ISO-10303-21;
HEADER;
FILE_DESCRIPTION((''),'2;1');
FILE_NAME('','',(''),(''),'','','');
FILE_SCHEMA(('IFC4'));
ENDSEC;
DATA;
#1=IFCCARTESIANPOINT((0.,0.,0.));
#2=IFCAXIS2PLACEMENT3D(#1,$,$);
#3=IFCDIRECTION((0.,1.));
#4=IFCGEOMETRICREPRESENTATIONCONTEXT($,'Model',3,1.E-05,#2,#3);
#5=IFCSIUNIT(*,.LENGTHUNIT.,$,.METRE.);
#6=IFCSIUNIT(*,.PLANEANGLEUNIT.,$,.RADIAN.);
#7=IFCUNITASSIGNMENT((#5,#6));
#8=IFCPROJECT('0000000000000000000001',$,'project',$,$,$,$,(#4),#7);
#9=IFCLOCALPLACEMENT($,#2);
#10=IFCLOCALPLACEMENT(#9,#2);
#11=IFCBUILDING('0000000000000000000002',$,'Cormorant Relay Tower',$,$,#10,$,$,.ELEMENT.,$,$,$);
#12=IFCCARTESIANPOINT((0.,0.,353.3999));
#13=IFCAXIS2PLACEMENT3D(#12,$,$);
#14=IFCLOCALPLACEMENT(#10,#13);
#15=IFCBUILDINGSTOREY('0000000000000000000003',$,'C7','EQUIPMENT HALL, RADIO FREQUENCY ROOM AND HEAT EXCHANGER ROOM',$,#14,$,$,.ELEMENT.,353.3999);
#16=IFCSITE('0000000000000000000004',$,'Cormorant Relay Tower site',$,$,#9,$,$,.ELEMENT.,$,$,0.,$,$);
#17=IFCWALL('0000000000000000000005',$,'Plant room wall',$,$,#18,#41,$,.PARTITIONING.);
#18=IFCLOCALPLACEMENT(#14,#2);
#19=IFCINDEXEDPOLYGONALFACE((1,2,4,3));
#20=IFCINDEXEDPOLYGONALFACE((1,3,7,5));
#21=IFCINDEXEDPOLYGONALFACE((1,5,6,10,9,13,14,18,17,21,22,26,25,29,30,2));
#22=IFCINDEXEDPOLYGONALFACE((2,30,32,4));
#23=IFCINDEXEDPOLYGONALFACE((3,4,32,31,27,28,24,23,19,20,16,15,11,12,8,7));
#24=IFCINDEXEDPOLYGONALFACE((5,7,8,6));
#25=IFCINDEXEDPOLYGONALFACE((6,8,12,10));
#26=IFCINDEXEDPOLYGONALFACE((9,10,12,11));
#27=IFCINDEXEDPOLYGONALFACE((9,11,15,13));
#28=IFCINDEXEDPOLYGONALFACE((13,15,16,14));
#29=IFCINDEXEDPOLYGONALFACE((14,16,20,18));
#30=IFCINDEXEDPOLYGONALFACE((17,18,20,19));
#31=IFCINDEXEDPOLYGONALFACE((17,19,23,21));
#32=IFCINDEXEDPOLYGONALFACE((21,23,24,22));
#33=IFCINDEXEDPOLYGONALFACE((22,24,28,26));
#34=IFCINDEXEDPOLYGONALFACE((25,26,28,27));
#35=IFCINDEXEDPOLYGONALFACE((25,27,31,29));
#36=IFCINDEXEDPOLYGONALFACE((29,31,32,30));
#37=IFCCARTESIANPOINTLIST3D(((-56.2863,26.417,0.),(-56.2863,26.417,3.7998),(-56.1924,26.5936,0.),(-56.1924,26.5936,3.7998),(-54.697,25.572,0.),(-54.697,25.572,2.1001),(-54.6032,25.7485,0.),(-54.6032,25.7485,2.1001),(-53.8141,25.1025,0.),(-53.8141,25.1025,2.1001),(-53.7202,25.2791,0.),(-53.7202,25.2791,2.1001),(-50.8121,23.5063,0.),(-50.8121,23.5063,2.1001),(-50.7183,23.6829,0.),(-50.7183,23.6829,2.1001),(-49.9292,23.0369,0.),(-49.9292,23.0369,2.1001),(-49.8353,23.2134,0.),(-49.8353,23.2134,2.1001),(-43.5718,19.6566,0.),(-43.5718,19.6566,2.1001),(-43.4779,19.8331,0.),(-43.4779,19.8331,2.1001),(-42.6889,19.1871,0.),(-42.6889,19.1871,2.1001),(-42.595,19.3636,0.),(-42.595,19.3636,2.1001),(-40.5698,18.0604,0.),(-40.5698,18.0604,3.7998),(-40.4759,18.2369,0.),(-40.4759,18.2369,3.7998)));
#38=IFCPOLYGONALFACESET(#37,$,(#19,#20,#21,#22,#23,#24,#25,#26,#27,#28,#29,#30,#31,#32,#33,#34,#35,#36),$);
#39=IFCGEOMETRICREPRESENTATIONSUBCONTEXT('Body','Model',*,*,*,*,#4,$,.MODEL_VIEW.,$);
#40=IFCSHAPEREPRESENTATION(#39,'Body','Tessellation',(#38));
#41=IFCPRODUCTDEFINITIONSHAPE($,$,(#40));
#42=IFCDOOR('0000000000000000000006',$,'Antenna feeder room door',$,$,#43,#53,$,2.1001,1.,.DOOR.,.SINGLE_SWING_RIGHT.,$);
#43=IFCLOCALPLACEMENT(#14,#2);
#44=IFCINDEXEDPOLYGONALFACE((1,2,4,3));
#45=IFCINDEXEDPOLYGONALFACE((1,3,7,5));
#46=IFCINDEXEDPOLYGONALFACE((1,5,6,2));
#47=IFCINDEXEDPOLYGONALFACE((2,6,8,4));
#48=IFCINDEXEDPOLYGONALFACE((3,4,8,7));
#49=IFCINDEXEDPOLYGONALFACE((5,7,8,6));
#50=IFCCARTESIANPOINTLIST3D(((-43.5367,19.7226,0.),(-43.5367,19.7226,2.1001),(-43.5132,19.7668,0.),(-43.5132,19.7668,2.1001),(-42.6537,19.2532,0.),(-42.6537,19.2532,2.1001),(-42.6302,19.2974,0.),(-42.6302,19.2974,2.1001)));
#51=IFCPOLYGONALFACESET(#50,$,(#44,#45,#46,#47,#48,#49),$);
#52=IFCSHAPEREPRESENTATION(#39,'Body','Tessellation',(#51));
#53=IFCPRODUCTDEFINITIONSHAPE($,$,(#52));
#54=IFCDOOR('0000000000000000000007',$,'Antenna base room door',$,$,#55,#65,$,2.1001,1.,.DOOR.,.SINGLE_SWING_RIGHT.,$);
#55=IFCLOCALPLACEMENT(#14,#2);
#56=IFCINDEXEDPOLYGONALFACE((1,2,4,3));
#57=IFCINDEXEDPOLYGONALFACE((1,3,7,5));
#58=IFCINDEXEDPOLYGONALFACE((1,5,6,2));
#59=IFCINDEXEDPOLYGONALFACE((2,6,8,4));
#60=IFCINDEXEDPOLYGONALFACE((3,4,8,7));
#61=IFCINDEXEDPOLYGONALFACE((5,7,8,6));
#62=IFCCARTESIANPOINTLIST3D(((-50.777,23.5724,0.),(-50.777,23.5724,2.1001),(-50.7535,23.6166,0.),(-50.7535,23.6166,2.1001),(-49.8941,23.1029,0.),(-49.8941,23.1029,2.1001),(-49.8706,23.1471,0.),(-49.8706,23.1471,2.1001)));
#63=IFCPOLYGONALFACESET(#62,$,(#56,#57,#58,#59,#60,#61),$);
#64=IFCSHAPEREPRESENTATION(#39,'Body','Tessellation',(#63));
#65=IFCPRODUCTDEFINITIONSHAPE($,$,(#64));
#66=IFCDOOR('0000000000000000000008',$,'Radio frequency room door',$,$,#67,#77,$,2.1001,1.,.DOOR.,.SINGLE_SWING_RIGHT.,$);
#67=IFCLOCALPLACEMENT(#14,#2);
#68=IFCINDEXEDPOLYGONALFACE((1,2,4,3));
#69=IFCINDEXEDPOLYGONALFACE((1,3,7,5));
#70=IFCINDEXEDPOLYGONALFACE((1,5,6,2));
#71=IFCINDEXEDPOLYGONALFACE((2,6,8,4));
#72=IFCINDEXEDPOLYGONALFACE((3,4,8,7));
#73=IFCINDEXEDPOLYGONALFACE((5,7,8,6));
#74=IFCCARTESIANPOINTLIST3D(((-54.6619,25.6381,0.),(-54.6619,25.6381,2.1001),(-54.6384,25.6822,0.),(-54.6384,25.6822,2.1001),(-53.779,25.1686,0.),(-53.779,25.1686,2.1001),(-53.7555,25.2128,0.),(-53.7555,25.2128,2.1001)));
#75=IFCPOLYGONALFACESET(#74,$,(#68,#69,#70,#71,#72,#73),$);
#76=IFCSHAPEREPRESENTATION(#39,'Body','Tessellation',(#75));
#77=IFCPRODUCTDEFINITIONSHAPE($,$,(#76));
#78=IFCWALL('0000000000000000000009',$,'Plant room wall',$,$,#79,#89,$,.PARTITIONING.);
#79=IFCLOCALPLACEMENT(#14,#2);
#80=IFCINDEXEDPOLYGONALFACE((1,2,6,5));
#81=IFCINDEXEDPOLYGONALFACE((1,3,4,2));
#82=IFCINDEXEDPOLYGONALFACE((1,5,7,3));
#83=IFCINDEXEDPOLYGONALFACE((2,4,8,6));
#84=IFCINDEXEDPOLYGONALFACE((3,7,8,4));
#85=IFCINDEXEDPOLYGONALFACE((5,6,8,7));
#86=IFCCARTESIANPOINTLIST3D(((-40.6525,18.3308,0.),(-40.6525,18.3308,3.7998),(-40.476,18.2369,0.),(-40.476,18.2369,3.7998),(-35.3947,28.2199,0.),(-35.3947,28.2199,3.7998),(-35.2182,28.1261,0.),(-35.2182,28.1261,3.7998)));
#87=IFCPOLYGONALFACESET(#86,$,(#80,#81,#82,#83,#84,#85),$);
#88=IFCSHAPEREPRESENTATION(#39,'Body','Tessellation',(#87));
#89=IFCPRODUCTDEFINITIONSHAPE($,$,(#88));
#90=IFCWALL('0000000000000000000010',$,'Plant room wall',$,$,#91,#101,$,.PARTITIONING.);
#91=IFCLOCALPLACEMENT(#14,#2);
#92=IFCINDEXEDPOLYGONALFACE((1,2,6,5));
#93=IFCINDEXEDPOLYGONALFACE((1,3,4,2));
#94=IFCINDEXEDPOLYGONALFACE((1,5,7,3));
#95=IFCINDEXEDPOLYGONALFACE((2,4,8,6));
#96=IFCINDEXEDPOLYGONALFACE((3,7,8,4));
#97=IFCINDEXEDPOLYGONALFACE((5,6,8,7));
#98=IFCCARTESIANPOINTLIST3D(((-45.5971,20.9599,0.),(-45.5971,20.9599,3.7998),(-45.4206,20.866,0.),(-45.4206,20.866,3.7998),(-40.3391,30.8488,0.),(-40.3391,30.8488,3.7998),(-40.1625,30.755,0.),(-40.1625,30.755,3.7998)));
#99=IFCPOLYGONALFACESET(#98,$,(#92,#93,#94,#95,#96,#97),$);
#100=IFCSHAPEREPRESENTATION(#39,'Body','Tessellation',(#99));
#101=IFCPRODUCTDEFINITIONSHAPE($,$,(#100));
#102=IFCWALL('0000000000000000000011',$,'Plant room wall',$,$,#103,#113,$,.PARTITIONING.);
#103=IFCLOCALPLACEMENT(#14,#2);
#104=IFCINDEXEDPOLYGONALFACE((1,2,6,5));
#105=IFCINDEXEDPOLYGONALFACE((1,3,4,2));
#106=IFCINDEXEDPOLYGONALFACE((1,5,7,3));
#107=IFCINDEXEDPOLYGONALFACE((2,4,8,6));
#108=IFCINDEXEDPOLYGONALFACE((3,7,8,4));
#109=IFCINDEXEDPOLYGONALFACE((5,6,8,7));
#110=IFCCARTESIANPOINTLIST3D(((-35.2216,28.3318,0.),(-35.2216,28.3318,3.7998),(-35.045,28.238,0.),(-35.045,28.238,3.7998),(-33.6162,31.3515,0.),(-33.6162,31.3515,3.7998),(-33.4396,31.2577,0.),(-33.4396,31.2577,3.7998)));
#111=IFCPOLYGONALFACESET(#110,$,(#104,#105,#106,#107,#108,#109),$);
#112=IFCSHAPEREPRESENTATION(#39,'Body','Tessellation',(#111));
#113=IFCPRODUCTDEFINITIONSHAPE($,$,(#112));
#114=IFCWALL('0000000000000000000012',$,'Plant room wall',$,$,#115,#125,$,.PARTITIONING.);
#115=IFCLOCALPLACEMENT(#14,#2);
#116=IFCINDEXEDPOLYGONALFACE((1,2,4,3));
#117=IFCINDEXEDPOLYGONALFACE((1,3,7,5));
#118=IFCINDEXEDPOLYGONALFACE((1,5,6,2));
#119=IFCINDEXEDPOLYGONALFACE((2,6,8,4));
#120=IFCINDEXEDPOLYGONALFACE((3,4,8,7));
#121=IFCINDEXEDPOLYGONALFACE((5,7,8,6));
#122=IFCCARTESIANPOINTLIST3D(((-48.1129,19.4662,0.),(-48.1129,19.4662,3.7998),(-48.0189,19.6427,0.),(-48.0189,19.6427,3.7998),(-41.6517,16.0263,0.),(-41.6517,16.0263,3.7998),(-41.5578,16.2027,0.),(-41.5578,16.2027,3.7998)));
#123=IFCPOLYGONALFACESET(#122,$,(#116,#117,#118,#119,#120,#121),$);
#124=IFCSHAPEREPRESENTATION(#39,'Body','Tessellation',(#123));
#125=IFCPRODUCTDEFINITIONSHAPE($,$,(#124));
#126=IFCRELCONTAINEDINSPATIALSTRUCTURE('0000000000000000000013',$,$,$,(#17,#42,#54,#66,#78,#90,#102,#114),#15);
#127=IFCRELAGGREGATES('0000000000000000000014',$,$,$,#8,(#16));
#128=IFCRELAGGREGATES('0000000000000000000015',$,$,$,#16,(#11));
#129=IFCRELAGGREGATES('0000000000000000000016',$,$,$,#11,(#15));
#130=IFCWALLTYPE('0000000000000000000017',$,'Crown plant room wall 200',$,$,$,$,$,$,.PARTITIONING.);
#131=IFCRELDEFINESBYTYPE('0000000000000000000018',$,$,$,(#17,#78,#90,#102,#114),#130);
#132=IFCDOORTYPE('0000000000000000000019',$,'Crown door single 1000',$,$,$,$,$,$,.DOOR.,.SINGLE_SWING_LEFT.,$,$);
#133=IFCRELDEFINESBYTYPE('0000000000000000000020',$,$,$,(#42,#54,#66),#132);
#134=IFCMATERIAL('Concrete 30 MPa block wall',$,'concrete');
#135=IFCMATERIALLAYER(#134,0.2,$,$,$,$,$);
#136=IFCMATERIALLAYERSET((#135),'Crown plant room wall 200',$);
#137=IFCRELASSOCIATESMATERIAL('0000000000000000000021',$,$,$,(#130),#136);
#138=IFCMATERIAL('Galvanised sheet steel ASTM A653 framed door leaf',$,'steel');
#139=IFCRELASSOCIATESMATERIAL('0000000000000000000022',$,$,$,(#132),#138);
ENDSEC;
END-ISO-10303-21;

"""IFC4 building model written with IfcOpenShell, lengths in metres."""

from ifc_helpers import new_model, si_unit, direction, frame, frame_2d, origin, place, context, subcontext, project, spatial, rectangle, extrude, material, layer, layer_set, type_object, element, fill, save


model = new_model("IFC4")

# Units and contexts
model_context = context("Model", 3, precision=1e-05, world=origin(), true_north=direction((0.0, 1.0)))
body_context = subcontext(model_context, "Body", "Model", "MODEL_VIEW")
ifc_project = project(units=[si_unit("LENGTHUNIT", "METRE"), si_unit("PLANEANGLEUNIT", "RADIAN")], contexts=[model_context])

# Site, building, storey
site_placement = place(None, origin())
site = spatial("IfcSite", under=ifc_project, at=site_placement, Name="Cormorant Relay Tower site", CompositionType="ELEMENT", RefElevation=0.0)
building_placement = place(site_placement, origin())
building = spatial("IfcBuilding", under=site, at=building_placement, Name="Cormorant Relay Tower", CompositionType="ELEMENT")
storey_placement = place(building_placement, frame((0.0, 0.0, 353.3999)))
storey = spatial("IfcBuildingStorey", under=building, at=storey_placement, Name="C7", Description="EQUIPMENT HALL, RADIO FREQUENCY ROOM AND HEAT EXCHANGER ROOM", CompositionType="ELEMENT", Elevation=353.3999)

# Shared definitions
ifc_material_1 = material(Name="Concrete 30 MPa block wall", Category="concrete")
ifc_layer_1 = layer(ifc_material_1, 0.2)
ifc_layer_set_1 = layer_set([ifc_layer_1], Name="Crown plant room wall 200")
wall_type_1 = type_object("IfcWallType", Name="Crown plant room wall 200", PredefinedType="PARTITIONING", material=ifc_layer_set_1)

# Wall, openings, doors
wall_1_placement = place(storey_placement, frame((-40.5229, 18.1487, 0.0), z_axis=(0.0, 0.0, 1.0), x_axis=(-0.882946, 0.469474, 0.0)))
wall_1 = element("IfcWall", 1, at=wall_1_placement, inside=storey, type_object=wall_type_1, Name="Plant room wall", PredefinedType="PARTITIONING", context=body_context, shape_type="SweptSolid", body=[
    extrude(rectangle(XDim=17.8, YDim=0.2, at=frame_2d((8.8999, 0.0))), origin(), (0.0, 0.0, 1.0), 3.7998),
])
opening_1_placement = place(wall_1_placement, frame((2.3999, 0.0, 0.0)))
opening_1 = element("IfcOpeningElement", 2, at=opening_1_placement, cuts=wall_1, PredefinedType="OPENING", context=body_context, shape_type="SweptSolid", body=[
    extrude(rectangle(XDim=1.0, YDim=2.1001, at=frame_2d((0.5, 1.05))), frame((0.0, 0.1099, 0.0), z_axis=(0.0, -1.0, 0.0), x_axis=(1.0, 0.0, 0.0)), (0.0, 0.0, 1.0), 0.22),
])
opening_2_placement = place(wall_1_placement, frame((10.6001, 0.0, 0.0)))
opening_2 = element("IfcOpeningElement", 3, at=opening_2_placement, cuts=wall_1, PredefinedType="OPENING", context=body_context, shape_type="SweptSolid", body=[
    extrude(rectangle(XDim=1.0, YDim=2.1001, at=frame_2d((0.5, 1.05))), frame((0.0, 0.1099, 0.0), z_axis=(0.0, -1.0, 0.0), x_axis=(1.0, 0.0, 0.0)), (0.0, 0.0, 1.0), 0.22),
])
opening_3_placement = place(wall_1_placement, frame((15.0, 0.0, 0.0)))
opening_3 = element("IfcOpeningElement", 4, at=opening_3_placement, cuts=wall_1, PredefinedType="OPENING", context=body_context, shape_type="SweptSolid", body=[
    extrude(rectangle(XDim=1.0, YDim=2.1001, at=frame_2d((0.5, 1.05))), frame((0.0, 0.1099, 0.0), z_axis=(0.0, -1.0, 0.0), x_axis=(1.0, 0.0, 0.0)), (0.0, 0.0, 1.0), 0.22),
])
ifc_material_2 = material(Name="Galvanised sheet steel ASTM A653 framed door leaf", Category="steel")
door_type_1 = type_object("IfcDoorType", Name="Crown door single 1000", OperationType="SINGLE_SWING_LEFT", PredefinedType="DOOR", material=ifc_material_2)
door_1_placement = place(opening_1_placement, frame((1.0, 0.0, 0.0), z_axis=(0.0, 0.0, 1.0), x_axis=(-1.0, 0.0, 0.0)))
door_1 = element("IfcDoor", 5, at=door_1_placement, inside=storey, type_object=door_type_1, Name="Antenna feeder room door", OperationType="SINGLE_SWING_RIGHT", OverallHeight=2.1001, OverallWidth=1.0, PredefinedType="DOOR", context=body_context, shape_type="SweptSolid", body=[
    extrude(rectangle(XDim=1.0, YDim=2.1001, at=frame_2d((0.5, 1.05))), frame((0.0, 0.0249, 0.0), z_axis=(0.0, -1.0, 0.0), x_axis=(1.0, 0.0, 0.0)), (0.0, 0.0, 1.0), 0.05),
])
fill(opening_1, door_1)
door_2_placement = place(opening_2_placement, frame((1.0, 0.0, 0.0), z_axis=(0.0, 0.0, 1.0), x_axis=(-1.0, 0.0, 0.0)))
door_2 = element("IfcDoor", 6, at=door_2_placement, inside=storey, type_object=door_type_1, Name="Antenna base room door", OperationType="SINGLE_SWING_RIGHT", OverallHeight=2.1001, OverallWidth=1.0, PredefinedType="DOOR", context=body_context, shape_type="SweptSolid", body=[
    extrude(rectangle(XDim=1.0, YDim=2.1001, at=frame_2d((0.5, 1.05))), frame((0.0, 0.0249, 0.0), z_axis=(0.0, -1.0, 0.0), x_axis=(1.0, 0.0, 0.0)), (0.0, 0.0, 1.0), 0.05),
])
fill(opening_2, door_2)
door_3_placement = place(opening_3_placement, frame((1.0, 0.0, 0.0), z_axis=(0.0, 0.0, 1.0), x_axis=(-1.0, 0.0, 0.0)))
door_3 = element("IfcDoor", 7, at=door_3_placement, inside=storey, type_object=door_type_1, Name="Radio frequency room door", OperationType="SINGLE_SWING_RIGHT", OverallHeight=2.1001, OverallWidth=1.0, PredefinedType="DOOR", context=body_context, shape_type="SweptSolid", body=[
    extrude(rectangle(XDim=1.0, YDim=2.1001, at=frame_2d((0.5, 1.05))), frame((0.0, 0.0249, 0.0), z_axis=(0.0, -1.0, 0.0), x_axis=(1.0, 0.0, 0.0)), (0.0, 0.0, 1.0), 0.05),
])
fill(opening_3, door_3)

# Walls
for number, where, z_axis, x_axis, name in (
    (8, (-35.3064, 28.1731, 0.0), (0.0, 0.0, 1.0), (-0.469447, -0.88296, 0.0), "Plant room wall"),
    (9, (-40.2507, 30.802, 0.0), (0.0, 0.0, 1.0), (-0.469473, -0.882947, 0.0), "Plant room wall"),
):
    element("IfcWall", number, at=place(storey_placement, frame(where, z_axis=z_axis, x_axis=x_axis)), inside=storey, type_object=wall_type_1, Name=name, PredefinedType="PARTITIONING", context=body_context, shape_type="SweptSolid", body=[
        extrude(rectangle(XDim=11.2, YDim=0.2, at=frame_2d((5.6001, 0.0))), origin(), (0.0, 0.0, 1.0), 3.7998),
    ])
wall_2_placement = place(storey_placement, frame((-35.1333, 28.2849, 0.0), z_axis=(0.0, 0.0, 1.0), x_axis=(0.469432, 0.882969, 0.0)))
element("IfcWall", 10, at=wall_2_placement, inside=storey, type_object=wall_type_1, Name="Plant room wall", PredefinedType="PARTITIONING", context=body_context, shape_type="SweptSolid", body=[
    extrude(rectangle(XDim=3.4199, YDim=0.2, at=frame_2d((1.71, 0.0))), origin(), (0.0, 0.0, 1.0), 3.7998),
])
wall_3_placement = place(storey_placement, frame((-41.6047, 16.1145, 0.0), z_axis=(0.0, 0.0, 1.0), x_axis=(-0.882694, 0.469948, 0.0)))
element("IfcWall", 11, at=wall_3_placement, inside=storey, type_object=wall_type_1, Name="Plant room wall", PredefinedType="PARTITIONING", context=body_context, shape_type="SweptSolid", body=[
    extrude(rectangle(XDim=7.3198, YDim=0.2, at=frame_2d((3.6599, 0.0))), origin(), (0.0, 0.0, 1.0), 3.7998),
])

save(model, "model.ifc")
